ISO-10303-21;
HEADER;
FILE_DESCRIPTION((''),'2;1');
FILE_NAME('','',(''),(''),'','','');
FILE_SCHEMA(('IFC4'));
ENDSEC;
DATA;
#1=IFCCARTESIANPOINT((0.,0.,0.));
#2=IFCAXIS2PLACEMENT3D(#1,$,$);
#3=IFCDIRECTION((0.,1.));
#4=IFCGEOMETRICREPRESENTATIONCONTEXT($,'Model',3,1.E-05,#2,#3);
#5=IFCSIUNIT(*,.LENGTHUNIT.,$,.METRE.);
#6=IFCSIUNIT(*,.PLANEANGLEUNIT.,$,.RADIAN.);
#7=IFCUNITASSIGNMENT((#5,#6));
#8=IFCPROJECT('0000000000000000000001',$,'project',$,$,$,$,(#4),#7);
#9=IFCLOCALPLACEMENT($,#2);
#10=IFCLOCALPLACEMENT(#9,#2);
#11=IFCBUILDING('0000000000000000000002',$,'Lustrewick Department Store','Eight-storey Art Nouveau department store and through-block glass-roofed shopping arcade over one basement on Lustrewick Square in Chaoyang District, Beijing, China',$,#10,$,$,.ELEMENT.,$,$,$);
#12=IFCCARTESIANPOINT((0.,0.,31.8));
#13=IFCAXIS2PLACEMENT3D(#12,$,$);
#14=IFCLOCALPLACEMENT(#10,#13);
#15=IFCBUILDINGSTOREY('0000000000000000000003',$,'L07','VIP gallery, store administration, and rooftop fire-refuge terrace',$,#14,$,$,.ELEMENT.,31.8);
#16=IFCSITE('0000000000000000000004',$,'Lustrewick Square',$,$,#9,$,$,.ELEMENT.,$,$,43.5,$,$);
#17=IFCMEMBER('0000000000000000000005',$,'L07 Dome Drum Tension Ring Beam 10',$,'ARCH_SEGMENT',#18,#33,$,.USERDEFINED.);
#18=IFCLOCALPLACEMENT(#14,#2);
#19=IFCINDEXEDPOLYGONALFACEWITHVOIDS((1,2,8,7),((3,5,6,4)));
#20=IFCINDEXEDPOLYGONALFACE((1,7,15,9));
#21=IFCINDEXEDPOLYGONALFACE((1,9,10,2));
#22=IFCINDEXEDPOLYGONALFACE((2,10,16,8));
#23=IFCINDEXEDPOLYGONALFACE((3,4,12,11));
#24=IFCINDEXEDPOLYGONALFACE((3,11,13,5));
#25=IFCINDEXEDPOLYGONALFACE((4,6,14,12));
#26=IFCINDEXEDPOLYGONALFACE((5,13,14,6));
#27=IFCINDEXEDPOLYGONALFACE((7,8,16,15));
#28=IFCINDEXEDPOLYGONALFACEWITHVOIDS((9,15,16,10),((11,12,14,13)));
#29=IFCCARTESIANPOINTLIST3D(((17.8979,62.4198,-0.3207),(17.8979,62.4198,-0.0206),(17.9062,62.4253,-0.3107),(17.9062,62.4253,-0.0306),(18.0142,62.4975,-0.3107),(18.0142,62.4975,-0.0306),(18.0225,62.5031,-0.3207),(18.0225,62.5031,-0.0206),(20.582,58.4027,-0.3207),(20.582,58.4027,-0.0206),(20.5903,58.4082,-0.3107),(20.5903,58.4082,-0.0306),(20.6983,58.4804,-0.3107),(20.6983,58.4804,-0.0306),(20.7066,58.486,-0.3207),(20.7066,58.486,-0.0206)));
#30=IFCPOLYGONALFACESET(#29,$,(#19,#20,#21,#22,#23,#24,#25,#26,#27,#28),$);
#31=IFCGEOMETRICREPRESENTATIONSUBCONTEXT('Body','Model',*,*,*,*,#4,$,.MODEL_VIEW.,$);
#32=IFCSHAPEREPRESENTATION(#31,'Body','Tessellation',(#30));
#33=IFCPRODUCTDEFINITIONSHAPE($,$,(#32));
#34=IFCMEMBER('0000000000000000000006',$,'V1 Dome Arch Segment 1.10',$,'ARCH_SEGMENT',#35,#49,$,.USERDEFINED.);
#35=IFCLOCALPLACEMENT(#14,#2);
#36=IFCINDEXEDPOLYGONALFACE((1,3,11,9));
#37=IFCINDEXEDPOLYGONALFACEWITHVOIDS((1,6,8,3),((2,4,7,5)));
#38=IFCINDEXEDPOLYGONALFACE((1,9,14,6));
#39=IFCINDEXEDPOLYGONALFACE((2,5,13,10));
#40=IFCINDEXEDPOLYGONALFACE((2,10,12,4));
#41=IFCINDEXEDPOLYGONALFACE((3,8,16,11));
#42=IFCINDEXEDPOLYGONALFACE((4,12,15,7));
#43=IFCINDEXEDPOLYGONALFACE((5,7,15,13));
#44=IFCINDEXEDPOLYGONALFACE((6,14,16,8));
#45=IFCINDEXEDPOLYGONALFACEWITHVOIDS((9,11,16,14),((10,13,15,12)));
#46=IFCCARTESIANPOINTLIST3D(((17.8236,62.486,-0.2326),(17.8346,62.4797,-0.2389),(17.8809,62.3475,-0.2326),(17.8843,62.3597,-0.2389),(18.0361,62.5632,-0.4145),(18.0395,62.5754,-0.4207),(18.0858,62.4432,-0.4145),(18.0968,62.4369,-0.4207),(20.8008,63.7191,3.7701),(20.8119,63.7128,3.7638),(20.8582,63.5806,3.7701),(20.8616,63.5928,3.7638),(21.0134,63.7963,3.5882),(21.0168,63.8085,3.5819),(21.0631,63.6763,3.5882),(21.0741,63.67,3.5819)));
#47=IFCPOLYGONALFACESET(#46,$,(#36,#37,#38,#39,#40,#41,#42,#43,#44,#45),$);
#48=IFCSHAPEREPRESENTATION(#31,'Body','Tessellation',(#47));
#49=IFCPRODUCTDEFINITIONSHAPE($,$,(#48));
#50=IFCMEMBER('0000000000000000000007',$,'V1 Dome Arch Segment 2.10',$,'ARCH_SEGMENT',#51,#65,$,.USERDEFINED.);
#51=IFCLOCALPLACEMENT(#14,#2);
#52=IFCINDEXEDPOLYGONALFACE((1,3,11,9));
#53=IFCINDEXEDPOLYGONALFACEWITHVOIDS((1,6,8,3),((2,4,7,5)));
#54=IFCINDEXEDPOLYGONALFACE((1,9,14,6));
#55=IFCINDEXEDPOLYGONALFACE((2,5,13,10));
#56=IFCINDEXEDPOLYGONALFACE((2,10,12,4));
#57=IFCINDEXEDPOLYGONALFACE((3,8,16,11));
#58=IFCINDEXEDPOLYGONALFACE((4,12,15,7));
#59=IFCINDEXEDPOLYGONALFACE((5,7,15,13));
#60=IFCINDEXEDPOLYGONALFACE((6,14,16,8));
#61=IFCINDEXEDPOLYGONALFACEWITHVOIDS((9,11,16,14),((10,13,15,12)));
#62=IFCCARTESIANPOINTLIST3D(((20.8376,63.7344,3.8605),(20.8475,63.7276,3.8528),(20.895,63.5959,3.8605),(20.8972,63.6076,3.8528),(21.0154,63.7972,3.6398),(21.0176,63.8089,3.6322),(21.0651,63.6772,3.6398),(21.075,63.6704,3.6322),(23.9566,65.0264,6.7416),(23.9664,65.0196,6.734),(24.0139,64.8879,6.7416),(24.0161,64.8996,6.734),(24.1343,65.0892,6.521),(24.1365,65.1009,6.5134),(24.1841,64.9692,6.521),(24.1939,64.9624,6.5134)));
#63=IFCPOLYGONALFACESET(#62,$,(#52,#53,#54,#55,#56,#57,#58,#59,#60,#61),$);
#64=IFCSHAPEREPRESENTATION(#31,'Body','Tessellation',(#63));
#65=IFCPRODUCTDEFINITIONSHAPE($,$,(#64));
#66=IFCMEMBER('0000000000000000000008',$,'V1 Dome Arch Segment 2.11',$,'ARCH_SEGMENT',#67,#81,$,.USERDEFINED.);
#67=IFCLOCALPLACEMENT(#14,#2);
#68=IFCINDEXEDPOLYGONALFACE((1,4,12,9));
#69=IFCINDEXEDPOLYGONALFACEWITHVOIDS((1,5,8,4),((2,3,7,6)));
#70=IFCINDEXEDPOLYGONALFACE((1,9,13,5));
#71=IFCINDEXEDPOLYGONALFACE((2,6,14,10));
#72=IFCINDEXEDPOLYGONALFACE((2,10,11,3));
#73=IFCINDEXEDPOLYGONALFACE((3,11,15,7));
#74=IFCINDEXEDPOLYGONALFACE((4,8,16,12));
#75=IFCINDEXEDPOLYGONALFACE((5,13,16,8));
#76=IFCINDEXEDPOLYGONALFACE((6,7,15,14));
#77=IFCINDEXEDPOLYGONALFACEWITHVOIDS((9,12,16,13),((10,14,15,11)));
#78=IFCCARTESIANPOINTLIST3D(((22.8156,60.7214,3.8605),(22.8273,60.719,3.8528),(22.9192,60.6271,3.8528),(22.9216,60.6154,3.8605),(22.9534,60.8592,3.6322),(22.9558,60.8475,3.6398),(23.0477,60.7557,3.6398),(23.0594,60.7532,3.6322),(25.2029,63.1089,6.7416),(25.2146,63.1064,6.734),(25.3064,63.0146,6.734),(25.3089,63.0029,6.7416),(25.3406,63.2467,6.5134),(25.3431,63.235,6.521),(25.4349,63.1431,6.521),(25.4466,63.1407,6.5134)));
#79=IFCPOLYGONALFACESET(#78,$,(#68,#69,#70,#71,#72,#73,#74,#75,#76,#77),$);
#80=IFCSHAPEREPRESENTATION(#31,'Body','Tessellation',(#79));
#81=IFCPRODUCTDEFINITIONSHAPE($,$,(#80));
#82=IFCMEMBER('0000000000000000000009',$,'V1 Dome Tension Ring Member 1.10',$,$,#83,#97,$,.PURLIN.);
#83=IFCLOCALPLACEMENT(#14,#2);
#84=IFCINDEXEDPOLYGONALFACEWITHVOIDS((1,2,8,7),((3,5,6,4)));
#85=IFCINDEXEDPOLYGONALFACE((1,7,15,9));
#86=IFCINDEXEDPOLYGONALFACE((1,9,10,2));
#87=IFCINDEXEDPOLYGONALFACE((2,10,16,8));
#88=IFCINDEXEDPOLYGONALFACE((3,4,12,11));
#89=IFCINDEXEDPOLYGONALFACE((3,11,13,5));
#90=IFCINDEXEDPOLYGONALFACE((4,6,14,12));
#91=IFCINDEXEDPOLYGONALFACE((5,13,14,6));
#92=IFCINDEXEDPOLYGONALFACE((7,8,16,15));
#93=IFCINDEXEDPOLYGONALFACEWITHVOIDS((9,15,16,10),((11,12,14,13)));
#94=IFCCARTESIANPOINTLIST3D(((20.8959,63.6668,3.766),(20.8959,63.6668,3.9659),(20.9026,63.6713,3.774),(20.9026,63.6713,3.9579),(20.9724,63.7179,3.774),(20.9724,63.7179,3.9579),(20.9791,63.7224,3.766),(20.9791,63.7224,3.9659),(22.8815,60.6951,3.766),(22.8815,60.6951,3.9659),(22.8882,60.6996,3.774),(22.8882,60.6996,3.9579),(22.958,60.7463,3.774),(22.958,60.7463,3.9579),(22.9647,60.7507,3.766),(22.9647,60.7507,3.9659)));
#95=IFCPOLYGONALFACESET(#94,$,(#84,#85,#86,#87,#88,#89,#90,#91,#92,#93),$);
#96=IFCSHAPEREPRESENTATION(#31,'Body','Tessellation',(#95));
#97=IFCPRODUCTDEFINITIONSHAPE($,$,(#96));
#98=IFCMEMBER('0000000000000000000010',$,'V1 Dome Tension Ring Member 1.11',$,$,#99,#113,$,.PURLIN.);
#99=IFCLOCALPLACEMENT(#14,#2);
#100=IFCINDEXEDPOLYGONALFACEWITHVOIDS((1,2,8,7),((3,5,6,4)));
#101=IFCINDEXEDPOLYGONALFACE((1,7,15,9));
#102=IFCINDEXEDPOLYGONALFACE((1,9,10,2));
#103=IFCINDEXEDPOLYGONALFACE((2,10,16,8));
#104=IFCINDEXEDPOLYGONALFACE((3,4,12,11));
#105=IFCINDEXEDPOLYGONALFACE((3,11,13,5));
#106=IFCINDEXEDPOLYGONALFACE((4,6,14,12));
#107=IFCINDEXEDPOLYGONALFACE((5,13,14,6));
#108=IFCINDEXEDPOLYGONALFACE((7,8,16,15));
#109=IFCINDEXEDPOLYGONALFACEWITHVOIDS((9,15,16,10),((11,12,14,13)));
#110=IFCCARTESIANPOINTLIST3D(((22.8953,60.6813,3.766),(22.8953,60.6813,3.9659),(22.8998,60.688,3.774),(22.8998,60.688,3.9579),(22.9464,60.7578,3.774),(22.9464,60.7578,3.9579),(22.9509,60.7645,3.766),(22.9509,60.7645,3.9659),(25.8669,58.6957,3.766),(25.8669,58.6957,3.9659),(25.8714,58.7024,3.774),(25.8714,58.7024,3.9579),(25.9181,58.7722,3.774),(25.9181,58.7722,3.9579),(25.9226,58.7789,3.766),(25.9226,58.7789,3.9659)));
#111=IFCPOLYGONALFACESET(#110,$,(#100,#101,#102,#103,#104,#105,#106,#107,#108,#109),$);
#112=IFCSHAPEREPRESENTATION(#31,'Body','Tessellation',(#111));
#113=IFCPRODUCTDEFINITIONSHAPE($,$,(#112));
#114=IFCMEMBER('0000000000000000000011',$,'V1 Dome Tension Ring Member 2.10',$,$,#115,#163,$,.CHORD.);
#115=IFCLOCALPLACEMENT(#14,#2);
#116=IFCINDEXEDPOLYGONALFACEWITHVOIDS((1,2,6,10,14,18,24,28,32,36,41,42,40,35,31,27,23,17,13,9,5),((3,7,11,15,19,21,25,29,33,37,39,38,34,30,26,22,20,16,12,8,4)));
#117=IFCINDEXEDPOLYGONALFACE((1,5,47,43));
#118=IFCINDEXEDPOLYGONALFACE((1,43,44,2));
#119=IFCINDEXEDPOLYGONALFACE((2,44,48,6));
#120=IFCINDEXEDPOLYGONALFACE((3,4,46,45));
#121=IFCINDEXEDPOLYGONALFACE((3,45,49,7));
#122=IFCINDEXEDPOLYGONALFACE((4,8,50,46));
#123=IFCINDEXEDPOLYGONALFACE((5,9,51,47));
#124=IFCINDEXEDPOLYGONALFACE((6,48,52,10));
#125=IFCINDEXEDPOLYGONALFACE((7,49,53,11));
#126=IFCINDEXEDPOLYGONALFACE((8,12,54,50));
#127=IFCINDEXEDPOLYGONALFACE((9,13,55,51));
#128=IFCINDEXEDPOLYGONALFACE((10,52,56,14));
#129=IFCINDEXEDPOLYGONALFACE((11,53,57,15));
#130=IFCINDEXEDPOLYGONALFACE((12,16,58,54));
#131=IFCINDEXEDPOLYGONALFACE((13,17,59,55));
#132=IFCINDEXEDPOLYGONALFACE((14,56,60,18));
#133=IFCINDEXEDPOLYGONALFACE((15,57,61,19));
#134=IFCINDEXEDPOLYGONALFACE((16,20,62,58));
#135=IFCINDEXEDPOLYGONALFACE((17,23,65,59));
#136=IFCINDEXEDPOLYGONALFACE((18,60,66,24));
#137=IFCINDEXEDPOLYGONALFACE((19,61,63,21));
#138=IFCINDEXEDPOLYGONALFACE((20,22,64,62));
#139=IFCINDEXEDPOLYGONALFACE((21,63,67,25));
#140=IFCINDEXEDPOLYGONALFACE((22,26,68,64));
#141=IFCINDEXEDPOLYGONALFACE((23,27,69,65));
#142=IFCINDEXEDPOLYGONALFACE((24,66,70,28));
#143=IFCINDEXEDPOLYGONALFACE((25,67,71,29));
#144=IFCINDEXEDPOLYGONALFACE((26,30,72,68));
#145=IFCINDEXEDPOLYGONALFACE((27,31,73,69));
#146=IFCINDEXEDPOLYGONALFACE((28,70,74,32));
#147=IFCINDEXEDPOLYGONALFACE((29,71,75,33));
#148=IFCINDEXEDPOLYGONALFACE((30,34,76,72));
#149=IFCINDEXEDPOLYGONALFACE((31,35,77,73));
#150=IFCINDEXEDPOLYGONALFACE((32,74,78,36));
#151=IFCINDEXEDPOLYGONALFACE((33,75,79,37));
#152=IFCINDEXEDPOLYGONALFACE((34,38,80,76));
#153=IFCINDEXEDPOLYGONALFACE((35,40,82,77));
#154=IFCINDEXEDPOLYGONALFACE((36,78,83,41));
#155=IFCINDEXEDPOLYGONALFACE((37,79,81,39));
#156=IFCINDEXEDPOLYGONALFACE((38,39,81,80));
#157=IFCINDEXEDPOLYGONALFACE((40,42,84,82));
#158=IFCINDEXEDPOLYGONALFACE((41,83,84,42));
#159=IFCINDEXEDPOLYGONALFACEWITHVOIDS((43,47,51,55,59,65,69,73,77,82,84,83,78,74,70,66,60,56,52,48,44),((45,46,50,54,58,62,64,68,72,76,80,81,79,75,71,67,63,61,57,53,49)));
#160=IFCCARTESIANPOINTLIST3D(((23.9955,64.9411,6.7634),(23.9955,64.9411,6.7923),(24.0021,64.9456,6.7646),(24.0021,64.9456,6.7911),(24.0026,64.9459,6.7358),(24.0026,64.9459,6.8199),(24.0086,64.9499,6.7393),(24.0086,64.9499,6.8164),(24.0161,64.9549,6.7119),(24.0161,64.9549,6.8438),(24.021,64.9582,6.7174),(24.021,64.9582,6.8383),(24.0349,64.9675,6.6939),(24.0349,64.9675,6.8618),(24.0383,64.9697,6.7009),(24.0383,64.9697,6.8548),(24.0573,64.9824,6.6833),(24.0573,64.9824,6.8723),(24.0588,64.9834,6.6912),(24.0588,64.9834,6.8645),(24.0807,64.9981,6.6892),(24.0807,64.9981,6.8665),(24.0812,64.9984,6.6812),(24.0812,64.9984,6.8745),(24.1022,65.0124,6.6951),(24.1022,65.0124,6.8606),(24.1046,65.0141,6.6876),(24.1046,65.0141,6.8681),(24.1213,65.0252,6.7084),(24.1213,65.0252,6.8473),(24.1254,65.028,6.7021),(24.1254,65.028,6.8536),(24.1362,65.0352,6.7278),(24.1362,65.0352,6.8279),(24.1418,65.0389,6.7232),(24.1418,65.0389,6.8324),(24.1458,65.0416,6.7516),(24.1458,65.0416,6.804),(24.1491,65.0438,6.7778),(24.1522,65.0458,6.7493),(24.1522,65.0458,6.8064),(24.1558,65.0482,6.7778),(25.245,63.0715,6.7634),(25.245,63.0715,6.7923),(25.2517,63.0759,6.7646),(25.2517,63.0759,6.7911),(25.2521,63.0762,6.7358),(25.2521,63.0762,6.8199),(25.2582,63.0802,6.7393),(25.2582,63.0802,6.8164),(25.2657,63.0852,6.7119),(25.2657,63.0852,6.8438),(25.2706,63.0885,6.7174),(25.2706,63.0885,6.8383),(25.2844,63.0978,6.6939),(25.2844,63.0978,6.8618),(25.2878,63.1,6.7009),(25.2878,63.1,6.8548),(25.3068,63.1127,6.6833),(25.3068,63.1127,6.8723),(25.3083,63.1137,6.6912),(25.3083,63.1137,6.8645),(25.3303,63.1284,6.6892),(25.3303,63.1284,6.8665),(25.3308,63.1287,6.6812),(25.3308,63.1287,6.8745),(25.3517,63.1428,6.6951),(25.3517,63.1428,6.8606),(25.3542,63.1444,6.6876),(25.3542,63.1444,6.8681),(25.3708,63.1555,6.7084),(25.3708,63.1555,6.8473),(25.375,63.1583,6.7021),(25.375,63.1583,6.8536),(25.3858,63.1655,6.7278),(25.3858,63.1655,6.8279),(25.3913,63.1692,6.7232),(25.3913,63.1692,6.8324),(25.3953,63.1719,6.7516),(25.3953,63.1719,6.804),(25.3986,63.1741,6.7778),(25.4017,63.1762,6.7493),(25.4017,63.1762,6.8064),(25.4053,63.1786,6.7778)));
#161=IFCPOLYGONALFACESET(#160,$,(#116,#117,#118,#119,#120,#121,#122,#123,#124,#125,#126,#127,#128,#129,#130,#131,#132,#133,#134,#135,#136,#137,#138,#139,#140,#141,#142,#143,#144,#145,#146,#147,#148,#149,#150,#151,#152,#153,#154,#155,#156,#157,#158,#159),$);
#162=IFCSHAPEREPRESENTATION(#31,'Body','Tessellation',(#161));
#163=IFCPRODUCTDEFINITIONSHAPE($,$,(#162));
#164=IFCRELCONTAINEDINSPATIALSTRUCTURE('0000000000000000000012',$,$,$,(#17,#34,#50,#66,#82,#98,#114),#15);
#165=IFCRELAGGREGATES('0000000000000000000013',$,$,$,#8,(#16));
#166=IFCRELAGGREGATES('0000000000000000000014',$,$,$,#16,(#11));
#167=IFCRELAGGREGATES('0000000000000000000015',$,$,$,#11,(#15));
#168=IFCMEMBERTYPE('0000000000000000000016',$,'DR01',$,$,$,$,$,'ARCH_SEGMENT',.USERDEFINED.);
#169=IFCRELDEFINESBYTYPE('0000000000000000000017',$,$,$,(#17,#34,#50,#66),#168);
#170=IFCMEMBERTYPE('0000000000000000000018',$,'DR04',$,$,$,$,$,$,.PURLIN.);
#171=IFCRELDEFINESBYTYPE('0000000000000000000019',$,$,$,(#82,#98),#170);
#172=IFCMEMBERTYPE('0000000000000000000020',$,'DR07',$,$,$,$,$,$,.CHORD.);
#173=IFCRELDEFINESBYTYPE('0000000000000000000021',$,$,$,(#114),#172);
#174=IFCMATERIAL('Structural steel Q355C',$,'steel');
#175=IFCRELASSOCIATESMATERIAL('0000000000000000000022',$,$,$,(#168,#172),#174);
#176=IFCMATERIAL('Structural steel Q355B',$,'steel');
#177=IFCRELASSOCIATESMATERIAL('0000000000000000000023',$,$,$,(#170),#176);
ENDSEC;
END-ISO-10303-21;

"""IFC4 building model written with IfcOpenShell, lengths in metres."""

from ifc_helpers import new_model, si_unit, direction, frame, origin, origin_2d, place, context, subcontext, project, spatial, hollow_rectangle, hollow_circle, extrude, material, material_profile, profile_set, type_object, element, save


model = new_model("IFC4")

# Units and contexts
model_context = context("Model", 3, precision=1e-05, world=origin(), true_north=direction((0.0, 1.0)))
body_context = subcontext(model_context, "Body", "Model", "MODEL_VIEW")
ifc_project = project(units=[si_unit("LENGTHUNIT", "METRE"), si_unit("PLANEANGLEUNIT", "RADIAN")], contexts=[model_context])

# Site, building, storey
site_placement = place(None, origin())
site = spatial("IfcSite", under=ifc_project, at=site_placement, Name="Lustrewick Square", CompositionType="ELEMENT", RefElevation=43.5)
building_placement = place(site_placement, origin())
building = spatial("IfcBuilding", under=site, at=building_placement, Name="Lustrewick Department Store", Description="Eight-storey Art Nouveau department store and through-block glass-roofed shopping arcade over one basement on Lustrewick Square in Chaoyang District, Beijing, China", CompositionType="ELEMENT")
storey_placement = place(building_placement, frame((0.0, 0.0, 31.8)))
storey = spatial("IfcBuildingStorey", under=building, at=storey_placement, Name="L07", Description="VIP gallery, store administration, and rooftop fire-refuge terrace", CompositionType="ELEMENT", Elevation=31.8)

# Members
ifc_material_1 = material(Name="Structural steel Q355C", Category="steel")
ifc_material_profile_1 = material_profile(ifc_material_1, hollow_rectangle(XDim=0.1499, YDim=0.3, WallThickness=0.01, at=origin_2d()), Name="RHS 300x150x10")
ifc_profile_set_1 = profile_set([ifc_material_profile_1], Name="Structural steel Q355C")
member_type_1 = type_object("IfcMemberType", Name="DR01", ElementType="ARCH_SEGMENT", PredefinedType="USERDEFINED", material=ifc_profile_set_1)
member_1_placement = place(storey_placement, frame((17.9602, 62.4614, -0.1707), z_axis=(0.555563, -0.831475, 0.0), x_axis=(0.831475, 0.555563, 0.0)))
element("IfcMember", 1, at=member_1_placement, inside=storey, type_object=member_type_1, Name="L07 Dome Drum Tension Ring Beam 10", ObjectType="ARCH_SEGMENT", PredefinedType="USERDEFINED", context=body_context, shape_type="SweptSolid", body=[
    extrude(hollow_rectangle(XDim=0.1499, YDim=0.3, WallThickness=0.01, at=origin_2d()), origin(), (0.0, 0.0, 1.0), 4.8313),
])
member_2_placement = place(storey_placement, frame((17.9602, 62.4614, -0.3267), z_axis=(0.579385, 0.239973, 0.778927), x_axis=(-0.382662, 0.923888, 0.0)))
element("IfcMember", 2, at=member_2_placement, inside=storey, type_object=member_type_1, Name="V1 Dome Arch Segment 1.10", ObjectType="ARCH_SEGMENT", PredefinedType="USERDEFINED", context=body_context, shape_type="SweptSolid", body=[
    extrude(hollow_rectangle(XDim=0.1499, YDim=0.3, WallThickness=0.01, at=origin_2d()), origin(), (0.0, 0.0, 1.0), 5.1387),
])
member_3_placement = place(storey_placement, frame((20.9563, 63.7024, 3.7463), z_axis=(0.702741, 0.291108, 0.649162), x_axis=(-0.382709, 0.923869, 0.0)))
element("IfcMember", 3, at=member_3_placement, inside=storey, type_object=member_type_1, Name="V1 Dome Arch Segment 2.10", ObjectType="ARCH_SEGMENT", PredefinedType="USERDEFINED", context=body_context, shape_type="SweptSolid", body=[
    extrude(hollow_rectangle(XDim=0.1499, YDim=0.3, WallThickness=0.01, at=origin_2d()), origin(), (0.0, 0.0, 1.0), 4.4382),
])
member_4_placement = place(storey_placement, frame((22.9375, 60.7373, 3.7463), z_axis=(0.537852, 0.537907, 0.64913), x_axis=(-0.707143, 0.707071, 0.0)))
element("IfcMember", 4, at=member_4_placement, inside=storey, type_object=member_type_1, Name="V1 Dome Arch Segment 2.11", ObjectType="ARCH_SEGMENT", PredefinedType="USERDEFINED", context=body_context, shape_type="SweptSolid", body=[
    extrude(hollow_rectangle(XDim=0.1499, YDim=0.3, WallThickness=0.01, at=origin_2d()), origin(), (0.0, 0.0, 1.0), 4.4385),
])
ifc_material_2 = material(Name="Structural steel Q355B", Category="steel")
ifc_material_profile_2 = material_profile(ifc_material_2, hollow_rectangle(XDim=0.1001, YDim=0.2, WallThickness=0.0081, at=origin_2d()), Name="RHS 200x100x8")
ifc_profile_set_2 = profile_set([ifc_material_profile_2], Name="Structural steel Q355B")
member_type_2 = type_object("IfcMemberType", Name="DR04", PredefinedType="PURLIN", material=ifc_profile_set_2)
for number, where, z_axis, x_axis, name in (
    (5, (20.9375, 63.6946, 3.866), (0.555567, -0.831472, 0.0), (0.831472, 0.555567, 0.0), "V1 Dome Tension Ring Member 1.10"),
    (6, (22.9231, 60.7229, 3.866), (0.831472, -0.555567, 0.0), (0.555567, 0.831472, 0.0), "V1 Dome Tension Ring Member 1.11"),
):
    element("IfcMember", number, at=place(storey_placement, frame(where, z_axis=z_axis, x_axis=x_axis)), inside=storey, type_object=member_type_2, Name=name, PredefinedType="PURLIN", context=body_context, shape_type="SweptSolid", body=[
        extrude(hollow_rectangle(XDim=0.1001, YDim=0.2, WallThickness=0.0081, at=origin_2d()), origin(), (0.0, 0.0, 1.0), 3.574),
    ])
ifc_material_profile_3 = material_profile(ifc_material_1, hollow_circle(Radius=0.0969, WallThickness=0.0081, at=origin_2d()), Name="CHS 194x8")
ifc_profile_set_3 = profile_set([ifc_material_profile_3], Name="Structural steel Q355C")
member_type_3 = type_object("IfcMemberType", Name="DR07", PredefinedType="CHORD", material=ifc_profile_set_3)
member_5_placement = place(storey_placement, frame((24.0752, 64.9944, 6.7778), z_axis=(0.555652, -0.831415, 0.0), x_axis=(0.831415, 0.555652, 0.0)))
element("IfcMember", 7, at=member_5_placement, inside=storey, type_object=member_type_3, Name="V1 Dome Tension Ring Member 2.10", PredefinedType="CHORD", context=body_context, shape_type="SweptSolid", body=[
    extrude(hollow_circle(Radius=0.0969, WallThickness=0.0081, at=origin_2d()), origin(), (0.0, 0.0, 1.0), 2.2488),
])

save(model, "model.ifc")
